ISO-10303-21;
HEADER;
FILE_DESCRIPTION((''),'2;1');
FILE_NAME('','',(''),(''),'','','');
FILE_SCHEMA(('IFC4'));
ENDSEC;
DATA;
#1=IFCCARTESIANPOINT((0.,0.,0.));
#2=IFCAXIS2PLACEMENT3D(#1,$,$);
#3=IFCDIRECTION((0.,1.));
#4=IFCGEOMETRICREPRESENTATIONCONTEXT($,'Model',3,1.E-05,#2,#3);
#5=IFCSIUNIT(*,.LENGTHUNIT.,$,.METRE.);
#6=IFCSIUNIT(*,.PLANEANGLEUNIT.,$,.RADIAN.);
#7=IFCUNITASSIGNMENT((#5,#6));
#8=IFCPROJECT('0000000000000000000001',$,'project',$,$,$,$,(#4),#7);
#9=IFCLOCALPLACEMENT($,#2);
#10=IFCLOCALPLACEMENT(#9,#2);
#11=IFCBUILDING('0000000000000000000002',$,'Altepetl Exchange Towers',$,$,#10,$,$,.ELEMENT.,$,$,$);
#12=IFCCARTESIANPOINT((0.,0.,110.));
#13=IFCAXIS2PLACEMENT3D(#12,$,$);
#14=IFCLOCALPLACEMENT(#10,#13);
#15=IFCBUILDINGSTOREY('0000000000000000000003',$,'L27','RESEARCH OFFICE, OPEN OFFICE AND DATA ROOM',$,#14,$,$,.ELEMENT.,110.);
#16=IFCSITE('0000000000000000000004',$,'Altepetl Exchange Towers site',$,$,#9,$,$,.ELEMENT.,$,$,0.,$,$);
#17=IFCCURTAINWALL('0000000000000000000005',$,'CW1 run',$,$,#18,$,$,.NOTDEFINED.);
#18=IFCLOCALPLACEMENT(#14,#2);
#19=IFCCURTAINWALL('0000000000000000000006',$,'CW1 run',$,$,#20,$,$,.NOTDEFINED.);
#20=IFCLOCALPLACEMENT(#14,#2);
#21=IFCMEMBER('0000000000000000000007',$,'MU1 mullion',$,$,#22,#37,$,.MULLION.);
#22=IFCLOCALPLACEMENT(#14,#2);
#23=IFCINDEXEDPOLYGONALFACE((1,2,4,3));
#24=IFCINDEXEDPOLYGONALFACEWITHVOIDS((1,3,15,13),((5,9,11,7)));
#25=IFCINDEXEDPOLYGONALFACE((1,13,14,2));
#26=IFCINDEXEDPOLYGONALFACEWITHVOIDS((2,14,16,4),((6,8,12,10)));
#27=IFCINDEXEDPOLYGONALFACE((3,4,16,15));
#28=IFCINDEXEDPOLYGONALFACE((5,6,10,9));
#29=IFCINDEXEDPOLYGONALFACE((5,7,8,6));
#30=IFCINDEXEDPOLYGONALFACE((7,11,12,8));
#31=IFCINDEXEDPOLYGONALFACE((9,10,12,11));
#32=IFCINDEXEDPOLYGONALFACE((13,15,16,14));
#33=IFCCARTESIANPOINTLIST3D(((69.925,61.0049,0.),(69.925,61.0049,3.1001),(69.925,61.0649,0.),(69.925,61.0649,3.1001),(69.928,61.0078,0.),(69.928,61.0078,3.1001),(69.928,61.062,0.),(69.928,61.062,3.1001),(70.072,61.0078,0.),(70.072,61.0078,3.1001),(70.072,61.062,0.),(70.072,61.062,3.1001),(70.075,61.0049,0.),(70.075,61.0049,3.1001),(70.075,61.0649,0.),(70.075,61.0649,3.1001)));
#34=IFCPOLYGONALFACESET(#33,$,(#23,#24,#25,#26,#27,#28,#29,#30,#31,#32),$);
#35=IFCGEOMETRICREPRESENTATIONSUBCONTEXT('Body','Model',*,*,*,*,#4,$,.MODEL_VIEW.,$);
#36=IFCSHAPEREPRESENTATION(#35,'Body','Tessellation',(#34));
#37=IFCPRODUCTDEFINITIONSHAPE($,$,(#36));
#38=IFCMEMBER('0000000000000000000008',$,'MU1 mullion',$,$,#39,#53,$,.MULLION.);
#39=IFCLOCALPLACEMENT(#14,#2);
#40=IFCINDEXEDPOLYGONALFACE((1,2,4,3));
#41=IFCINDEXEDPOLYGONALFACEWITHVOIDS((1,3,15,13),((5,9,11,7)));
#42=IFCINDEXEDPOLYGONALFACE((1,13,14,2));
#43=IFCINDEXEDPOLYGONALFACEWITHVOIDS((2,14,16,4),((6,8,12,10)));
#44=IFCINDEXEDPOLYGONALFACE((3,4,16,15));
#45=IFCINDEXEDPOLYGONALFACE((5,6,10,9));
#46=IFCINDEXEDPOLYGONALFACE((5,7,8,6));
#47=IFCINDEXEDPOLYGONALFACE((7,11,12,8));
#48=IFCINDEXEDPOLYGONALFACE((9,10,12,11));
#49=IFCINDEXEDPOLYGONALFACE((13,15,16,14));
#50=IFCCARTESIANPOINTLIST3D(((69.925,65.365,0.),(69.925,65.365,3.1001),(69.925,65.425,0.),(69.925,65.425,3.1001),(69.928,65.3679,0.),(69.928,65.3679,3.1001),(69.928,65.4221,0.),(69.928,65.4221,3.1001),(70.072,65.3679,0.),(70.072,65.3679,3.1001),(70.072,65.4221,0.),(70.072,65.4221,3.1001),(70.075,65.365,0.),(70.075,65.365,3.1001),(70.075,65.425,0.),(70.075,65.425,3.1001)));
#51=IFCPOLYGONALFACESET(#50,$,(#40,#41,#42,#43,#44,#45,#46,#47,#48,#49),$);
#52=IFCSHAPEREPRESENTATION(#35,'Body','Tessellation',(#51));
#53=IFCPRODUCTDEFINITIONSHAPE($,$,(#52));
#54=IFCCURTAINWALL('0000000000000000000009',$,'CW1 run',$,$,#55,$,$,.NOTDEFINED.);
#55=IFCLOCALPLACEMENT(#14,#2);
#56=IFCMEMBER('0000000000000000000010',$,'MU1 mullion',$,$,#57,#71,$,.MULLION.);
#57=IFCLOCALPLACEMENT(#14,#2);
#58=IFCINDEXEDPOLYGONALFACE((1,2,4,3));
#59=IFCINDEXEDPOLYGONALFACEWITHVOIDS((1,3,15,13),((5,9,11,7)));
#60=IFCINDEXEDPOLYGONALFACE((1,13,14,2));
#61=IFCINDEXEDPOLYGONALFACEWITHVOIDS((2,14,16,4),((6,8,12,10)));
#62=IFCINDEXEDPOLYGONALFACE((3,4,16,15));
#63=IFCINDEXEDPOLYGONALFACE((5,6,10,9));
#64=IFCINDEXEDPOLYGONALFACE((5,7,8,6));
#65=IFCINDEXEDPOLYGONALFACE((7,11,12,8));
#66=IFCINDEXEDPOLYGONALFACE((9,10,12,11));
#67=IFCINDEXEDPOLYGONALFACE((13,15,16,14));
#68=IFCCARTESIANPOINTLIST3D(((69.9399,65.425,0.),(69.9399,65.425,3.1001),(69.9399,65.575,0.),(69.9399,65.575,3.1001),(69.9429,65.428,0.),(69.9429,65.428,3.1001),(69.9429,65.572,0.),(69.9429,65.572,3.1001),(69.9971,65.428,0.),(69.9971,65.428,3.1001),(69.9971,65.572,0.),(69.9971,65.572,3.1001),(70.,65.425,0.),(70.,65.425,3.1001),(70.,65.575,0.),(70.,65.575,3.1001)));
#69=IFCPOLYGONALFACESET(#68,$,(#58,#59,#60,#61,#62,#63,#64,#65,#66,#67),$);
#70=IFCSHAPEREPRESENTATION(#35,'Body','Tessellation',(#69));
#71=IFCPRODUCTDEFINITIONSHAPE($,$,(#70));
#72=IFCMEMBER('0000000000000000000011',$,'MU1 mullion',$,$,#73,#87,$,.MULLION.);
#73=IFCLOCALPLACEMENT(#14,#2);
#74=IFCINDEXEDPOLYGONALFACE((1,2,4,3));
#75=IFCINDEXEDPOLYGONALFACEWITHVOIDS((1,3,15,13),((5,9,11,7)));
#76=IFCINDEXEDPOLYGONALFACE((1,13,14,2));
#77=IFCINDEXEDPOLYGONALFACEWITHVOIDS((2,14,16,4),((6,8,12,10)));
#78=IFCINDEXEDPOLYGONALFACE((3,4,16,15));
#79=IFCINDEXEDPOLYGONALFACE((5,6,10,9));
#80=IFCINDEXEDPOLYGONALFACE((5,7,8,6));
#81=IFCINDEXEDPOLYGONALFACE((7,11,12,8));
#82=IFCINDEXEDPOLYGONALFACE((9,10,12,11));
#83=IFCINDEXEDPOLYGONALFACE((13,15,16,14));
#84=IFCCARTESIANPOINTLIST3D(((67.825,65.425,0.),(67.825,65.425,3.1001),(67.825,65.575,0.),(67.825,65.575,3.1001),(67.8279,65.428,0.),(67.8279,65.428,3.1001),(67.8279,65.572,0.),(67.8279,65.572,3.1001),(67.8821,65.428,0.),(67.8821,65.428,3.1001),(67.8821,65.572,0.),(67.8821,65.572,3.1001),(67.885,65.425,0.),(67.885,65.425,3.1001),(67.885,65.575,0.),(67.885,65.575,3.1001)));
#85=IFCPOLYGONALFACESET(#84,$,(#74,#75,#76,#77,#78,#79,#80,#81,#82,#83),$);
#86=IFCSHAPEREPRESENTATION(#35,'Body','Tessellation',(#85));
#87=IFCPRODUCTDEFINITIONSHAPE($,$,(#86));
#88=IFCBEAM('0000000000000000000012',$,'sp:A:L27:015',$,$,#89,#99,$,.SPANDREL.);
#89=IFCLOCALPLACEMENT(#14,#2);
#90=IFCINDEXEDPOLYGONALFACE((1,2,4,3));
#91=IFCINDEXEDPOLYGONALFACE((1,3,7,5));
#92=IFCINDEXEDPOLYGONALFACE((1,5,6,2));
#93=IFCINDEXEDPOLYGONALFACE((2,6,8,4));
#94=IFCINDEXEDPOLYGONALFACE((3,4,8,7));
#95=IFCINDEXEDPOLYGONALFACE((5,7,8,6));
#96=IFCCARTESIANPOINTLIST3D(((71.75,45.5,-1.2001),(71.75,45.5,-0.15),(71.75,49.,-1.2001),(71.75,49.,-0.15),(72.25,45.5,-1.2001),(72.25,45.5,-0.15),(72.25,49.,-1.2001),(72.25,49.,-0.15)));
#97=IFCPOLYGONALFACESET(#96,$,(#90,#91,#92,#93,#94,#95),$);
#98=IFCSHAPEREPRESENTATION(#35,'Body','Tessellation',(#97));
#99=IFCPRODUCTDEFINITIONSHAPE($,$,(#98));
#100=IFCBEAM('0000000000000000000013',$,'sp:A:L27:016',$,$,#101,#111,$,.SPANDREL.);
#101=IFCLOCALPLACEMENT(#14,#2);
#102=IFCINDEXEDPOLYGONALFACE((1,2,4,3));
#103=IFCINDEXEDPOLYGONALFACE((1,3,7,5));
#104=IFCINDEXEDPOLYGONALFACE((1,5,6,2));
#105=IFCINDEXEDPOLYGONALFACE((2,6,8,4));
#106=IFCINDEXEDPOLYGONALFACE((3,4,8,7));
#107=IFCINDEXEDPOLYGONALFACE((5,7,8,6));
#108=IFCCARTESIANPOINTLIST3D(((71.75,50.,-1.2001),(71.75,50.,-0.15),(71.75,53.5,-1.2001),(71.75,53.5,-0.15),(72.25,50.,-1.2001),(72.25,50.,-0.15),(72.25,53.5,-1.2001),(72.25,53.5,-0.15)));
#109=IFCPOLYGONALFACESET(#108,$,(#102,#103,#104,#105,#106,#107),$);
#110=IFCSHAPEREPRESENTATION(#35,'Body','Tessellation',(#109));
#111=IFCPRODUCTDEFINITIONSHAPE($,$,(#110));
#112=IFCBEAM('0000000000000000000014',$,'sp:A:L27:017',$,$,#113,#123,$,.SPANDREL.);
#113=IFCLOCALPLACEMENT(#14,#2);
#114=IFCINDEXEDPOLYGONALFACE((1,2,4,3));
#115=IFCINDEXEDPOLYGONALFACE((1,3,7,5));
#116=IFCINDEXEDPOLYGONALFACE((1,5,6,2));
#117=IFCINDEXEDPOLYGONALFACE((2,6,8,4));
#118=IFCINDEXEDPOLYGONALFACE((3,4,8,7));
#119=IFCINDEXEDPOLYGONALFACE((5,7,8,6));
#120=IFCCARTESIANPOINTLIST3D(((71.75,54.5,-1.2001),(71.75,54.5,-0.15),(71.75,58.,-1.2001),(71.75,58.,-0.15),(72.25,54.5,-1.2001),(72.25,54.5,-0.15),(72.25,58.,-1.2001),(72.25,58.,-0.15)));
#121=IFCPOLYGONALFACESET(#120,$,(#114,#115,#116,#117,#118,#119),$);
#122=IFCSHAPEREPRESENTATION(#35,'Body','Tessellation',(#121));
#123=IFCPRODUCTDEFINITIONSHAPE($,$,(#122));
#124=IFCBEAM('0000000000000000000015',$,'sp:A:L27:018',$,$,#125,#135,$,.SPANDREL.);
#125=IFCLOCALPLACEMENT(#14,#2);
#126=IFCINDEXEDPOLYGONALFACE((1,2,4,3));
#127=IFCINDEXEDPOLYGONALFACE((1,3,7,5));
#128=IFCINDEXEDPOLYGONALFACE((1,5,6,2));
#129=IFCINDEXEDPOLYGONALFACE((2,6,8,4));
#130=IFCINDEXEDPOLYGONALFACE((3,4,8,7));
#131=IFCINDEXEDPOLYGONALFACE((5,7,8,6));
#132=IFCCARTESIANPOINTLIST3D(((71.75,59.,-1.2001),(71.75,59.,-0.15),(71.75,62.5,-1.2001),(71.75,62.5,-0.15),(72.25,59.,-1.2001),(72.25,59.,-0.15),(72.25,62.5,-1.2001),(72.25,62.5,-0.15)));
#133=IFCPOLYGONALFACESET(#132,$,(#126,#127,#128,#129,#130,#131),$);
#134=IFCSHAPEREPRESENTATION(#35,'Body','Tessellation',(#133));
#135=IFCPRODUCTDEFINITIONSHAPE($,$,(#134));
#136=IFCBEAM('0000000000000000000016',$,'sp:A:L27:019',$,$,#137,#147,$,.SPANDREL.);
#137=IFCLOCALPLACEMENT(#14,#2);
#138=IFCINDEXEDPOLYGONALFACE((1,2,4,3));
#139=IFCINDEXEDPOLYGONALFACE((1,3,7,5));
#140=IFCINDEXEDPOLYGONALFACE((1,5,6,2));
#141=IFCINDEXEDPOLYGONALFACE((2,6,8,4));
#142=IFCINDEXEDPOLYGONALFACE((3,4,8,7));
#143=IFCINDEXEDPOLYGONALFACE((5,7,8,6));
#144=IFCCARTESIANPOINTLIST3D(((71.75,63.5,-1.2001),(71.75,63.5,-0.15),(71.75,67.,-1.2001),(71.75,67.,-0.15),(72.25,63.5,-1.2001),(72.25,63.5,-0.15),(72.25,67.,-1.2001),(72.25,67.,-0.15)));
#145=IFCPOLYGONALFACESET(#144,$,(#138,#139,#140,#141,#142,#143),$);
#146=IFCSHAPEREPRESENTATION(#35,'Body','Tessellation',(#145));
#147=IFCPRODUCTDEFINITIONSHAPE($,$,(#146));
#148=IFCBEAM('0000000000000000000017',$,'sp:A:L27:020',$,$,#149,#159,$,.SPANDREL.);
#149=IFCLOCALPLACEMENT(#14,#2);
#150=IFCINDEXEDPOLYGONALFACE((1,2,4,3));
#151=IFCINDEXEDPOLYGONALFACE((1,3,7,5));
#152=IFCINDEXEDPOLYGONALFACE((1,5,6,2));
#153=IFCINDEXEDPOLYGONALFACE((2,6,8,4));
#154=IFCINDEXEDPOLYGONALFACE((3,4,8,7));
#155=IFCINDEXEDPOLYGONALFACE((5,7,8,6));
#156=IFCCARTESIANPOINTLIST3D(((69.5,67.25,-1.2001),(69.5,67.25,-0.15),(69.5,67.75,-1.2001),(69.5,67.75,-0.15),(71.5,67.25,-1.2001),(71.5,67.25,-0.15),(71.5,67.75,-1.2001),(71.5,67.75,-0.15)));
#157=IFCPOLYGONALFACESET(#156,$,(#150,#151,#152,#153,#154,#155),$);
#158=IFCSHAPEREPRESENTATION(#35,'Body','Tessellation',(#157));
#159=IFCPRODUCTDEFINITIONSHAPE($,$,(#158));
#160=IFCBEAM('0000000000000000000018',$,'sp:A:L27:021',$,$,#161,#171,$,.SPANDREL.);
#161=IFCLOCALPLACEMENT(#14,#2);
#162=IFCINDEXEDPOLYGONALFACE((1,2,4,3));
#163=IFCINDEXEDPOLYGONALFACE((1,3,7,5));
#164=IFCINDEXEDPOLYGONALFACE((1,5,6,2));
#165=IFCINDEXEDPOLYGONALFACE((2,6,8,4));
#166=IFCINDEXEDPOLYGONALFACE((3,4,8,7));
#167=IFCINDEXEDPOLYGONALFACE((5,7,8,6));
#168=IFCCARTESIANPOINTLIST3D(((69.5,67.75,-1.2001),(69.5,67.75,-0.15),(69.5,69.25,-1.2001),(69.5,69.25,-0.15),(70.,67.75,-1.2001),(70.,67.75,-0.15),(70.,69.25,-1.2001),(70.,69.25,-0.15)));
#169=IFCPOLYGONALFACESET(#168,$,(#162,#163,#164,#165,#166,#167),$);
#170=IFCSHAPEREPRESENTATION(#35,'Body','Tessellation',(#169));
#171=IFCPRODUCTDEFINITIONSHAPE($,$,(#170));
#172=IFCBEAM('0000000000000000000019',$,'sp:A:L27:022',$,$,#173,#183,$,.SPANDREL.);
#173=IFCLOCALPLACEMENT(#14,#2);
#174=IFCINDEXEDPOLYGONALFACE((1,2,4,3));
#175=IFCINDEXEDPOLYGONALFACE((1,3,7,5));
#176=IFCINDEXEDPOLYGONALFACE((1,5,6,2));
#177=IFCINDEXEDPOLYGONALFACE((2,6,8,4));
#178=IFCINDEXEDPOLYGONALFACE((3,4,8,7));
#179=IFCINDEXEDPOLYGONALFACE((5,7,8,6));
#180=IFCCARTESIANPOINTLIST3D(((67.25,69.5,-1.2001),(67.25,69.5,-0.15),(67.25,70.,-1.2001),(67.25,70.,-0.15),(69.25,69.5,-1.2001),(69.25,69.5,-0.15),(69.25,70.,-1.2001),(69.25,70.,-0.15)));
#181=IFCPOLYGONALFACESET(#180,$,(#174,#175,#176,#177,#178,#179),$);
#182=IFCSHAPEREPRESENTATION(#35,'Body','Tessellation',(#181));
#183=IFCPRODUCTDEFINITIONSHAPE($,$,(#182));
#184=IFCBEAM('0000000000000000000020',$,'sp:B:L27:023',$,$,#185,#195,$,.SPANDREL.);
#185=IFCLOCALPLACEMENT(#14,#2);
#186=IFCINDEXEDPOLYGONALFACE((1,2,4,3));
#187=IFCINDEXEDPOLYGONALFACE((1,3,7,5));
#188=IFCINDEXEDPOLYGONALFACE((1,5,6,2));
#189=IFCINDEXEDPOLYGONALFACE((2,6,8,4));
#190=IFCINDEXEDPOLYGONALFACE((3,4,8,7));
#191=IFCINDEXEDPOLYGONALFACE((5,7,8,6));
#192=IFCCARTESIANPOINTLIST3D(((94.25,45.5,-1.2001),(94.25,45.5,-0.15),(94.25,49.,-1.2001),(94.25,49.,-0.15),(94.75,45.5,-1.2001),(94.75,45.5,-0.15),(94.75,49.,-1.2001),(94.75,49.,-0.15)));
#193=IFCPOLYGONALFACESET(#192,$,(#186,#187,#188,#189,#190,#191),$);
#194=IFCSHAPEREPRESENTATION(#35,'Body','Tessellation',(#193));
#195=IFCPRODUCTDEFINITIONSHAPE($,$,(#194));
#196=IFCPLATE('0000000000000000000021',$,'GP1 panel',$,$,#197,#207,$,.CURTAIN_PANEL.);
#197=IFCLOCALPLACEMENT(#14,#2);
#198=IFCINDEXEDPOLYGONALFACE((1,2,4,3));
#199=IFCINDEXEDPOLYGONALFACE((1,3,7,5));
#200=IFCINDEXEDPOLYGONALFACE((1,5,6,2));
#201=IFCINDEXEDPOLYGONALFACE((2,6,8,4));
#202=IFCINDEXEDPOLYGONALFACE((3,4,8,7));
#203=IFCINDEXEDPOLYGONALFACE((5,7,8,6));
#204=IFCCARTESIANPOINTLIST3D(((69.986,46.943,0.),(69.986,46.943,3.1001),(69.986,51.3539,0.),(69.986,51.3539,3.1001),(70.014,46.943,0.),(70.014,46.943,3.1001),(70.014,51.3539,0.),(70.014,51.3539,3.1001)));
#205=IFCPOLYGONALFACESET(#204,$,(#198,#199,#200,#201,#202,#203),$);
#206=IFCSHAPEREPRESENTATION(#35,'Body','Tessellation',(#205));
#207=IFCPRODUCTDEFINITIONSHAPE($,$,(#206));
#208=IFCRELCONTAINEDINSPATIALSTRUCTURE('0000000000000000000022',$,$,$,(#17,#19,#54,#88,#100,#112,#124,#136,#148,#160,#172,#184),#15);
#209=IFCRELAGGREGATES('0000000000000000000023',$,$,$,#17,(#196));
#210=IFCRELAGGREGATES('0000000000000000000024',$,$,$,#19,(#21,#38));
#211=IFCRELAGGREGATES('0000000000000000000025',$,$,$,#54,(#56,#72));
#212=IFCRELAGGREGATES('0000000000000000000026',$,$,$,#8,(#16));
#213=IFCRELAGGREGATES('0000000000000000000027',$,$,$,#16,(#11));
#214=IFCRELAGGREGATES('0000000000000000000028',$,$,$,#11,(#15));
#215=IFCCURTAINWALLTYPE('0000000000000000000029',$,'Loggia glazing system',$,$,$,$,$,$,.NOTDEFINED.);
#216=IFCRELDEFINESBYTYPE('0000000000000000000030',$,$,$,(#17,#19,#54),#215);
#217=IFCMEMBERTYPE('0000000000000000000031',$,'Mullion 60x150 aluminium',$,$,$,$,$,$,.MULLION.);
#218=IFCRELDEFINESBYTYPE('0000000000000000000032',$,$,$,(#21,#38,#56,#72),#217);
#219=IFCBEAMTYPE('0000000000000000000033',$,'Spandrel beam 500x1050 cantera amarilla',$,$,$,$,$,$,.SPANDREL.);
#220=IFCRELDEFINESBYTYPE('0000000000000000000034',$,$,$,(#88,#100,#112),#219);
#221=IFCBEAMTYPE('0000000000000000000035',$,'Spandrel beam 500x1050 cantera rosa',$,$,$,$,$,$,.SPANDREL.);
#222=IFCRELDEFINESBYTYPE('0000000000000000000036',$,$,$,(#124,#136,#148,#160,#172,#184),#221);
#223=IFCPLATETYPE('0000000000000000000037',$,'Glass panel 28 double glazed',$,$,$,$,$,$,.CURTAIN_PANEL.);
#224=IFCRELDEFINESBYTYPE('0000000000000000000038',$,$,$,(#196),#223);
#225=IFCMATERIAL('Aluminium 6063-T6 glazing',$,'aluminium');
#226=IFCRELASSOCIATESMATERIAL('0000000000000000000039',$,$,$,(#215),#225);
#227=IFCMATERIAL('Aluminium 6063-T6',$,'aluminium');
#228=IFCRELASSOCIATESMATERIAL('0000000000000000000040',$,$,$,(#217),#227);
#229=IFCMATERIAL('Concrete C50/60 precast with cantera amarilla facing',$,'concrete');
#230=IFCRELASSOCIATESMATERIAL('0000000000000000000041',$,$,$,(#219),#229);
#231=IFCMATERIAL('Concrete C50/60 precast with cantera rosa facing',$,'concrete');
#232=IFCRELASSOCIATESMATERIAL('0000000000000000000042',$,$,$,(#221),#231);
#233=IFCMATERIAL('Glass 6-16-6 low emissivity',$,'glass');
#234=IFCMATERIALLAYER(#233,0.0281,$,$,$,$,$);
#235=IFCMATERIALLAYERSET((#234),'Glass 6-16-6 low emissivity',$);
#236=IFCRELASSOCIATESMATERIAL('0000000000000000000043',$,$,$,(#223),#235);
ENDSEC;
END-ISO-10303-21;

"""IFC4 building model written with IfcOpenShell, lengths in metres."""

from ifc_helpers import new_model, si_unit, direction, frame, origin, origin_2d, place, context, subcontext, project, spatial, rectangle, hollow_rectangle, extrude, material, layer, layer_set, material_profile, profile_set, type_object, element, aggregate, save


model = new_model("IFC4")

# Units and contexts
model_context = context("Model", 3, precision=1e-05, world=origin(), true_north=direction((0.0, 1.0)))
body_context = subcontext(model_context, "Body", "Model", "MODEL_VIEW")
ifc_project = project(units=[si_unit("LENGTHUNIT", "METRE"), si_unit("PLANEANGLEUNIT", "RADIAN")], contexts=[model_context])

# Site, building, storey
site_placement = place(None, origin())
site = spatial("IfcSite", under=ifc_project, at=site_placement, Name="Altepetl Exchange Towers site", CompositionType="ELEMENT", RefElevation=0.0)
building_placement = place(site_placement, origin())
building = spatial("IfcBuilding", under=site, at=building_placement, Name="Altepetl Exchange Towers", CompositionType="ELEMENT")
storey_placement = place(building_placement, frame((0.0, 0.0, 110.0)))
storey = spatial("IfcBuildingStorey", under=building, at=storey_placement, Name="L27", Description="RESEARCH OFFICE, OPEN OFFICE AND DATA ROOM", CompositionType="ELEMENT", Elevation=110.0)

# Curtain walls, members
ifc_material_1 = material(Name="Aluminium 6063-T6 glazing", Category="aluminium")
curtain_wall_type = type_object("IfcCurtainWallType", Name="Loggia glazing system", PredefinedType="NOTDEFINED", material=ifc_material_1)
curtain_wall_1_placement = place(storey_placement, origin())
curtain_wall_1 = element("IfcCurtainWall", 1, at=curtain_wall_1_placement, inside=storey, type_object=curtain_wall_type, Name="CW1 run", PredefinedType="NOTDEFINED")
ifc_material_2 = material(Name="Aluminium 6063-T6", Category="aluminium")
ifc_material_profile_1 = material_profile(ifc_material_2, hollow_rectangle(XDim=0.0601, YDim=0.1499, WallThickness=0.0029, at=origin_2d()), Name="Mullion 60x150 aluminium")
ifc_profile_set_1 = profile_set([ifc_material_profile_1], Name="Aluminium 6063-T6")
member_type = type_object("IfcMemberType", Name="Mullion 60x150 aluminium", PredefinedType="MULLION", material=ifc_profile_set_1)
curtain_wall_2_placement = place(storey_placement, origin())
curtain_wall_2 = element("IfcCurtainWall", 2, at=curtain_wall_2_placement, inside=storey, type_object=curtain_wall_type, Name="CW1 run", PredefinedType="NOTDEFINED")
member_1_placement = place(storey_placement, frame((70.0, 61.0349, 0.0), z_axis=(0.0, 0.0, 1.0), x_axis=(0.0, 1.0, 0.0)))
member_1 = element("IfcMember", 3, at=member_1_placement, type_object=member_type, Name="MU1 mullion", PredefinedType="MULLION", context=body_context, shape_type="SweptSolid", body=[
    extrude(hollow_rectangle(XDim=0.0601, YDim=0.1499, WallThickness=0.0029, at=origin_2d()), origin(), (0.0, 0.0, 1.0), 3.1001),
])
member_2_placement = place(storey_placement, frame((70.0, 65.395, 0.0), z_axis=(0.0, 0.0, 1.0), x_axis=(0.0, 1.0, 0.0)))
member_2 = element("IfcMember", 4, at=member_2_placement, type_object=member_type, Name="MU1 mullion", PredefinedType="MULLION", context=body_context, shape_type="SweptSolid", body=[
    extrude(hollow_rectangle(XDim=0.0601, YDim=0.1499, WallThickness=0.0029, at=origin_2d()), origin(), (0.0, 0.0, 1.0), 3.1001),
])
curtain_wall_3_placement = place(storey_placement, origin())
curtain_wall_3 = element("IfcCurtainWall", 5, at=curtain_wall_3_placement, inside=storey, type_object=curtain_wall_type, Name="CW1 run", PredefinedType="NOTDEFINED")
member_3_placement = place(storey_placement, frame((69.97, 65.5, 0.0), z_axis=(0.0, 0.0, 1.0), x_axis=(-1.0, 0.0, 0.0)))
member_3 = element("IfcMember", 6, at=member_3_placement, type_object=member_type, Name="MU1 mullion", PredefinedType="MULLION", context=body_context, shape_type="SweptSolid", body=[
    extrude(hollow_rectangle(XDim=0.0601, YDim=0.1499, WallThickness=0.0029, at=origin_2d()), origin(), (0.0, 0.0, 1.0), 3.1001),
])
member_4_placement = place(storey_placement, frame((67.855, 65.5, 0.0), z_axis=(0.0, 0.0, 1.0), x_axis=(-1.0, 0.0, 0.0)))
member_4 = element("IfcMember", 7, at=member_4_placement, type_object=member_type, Name="MU1 mullion", PredefinedType="MULLION", context=body_context, shape_type="SweptSolid", body=[
    extrude(hollow_rectangle(XDim=0.0601, YDim=0.1499, WallThickness=0.0029, at=origin_2d()), origin(), (0.0, 0.0, 1.0), 3.1001),
])

# Beams
ifc_material_3 = material(Name="Concrete C50/60 precast with cantera amarilla facing", Category="concrete")
ifc_material_profile_2 = material_profile(ifc_material_3, rectangle(XDim=0.5, YDim=1.05, at=origin_2d()), Name="500 x 1050")
ifc_profile_set_2 = profile_set([ifc_material_profile_2], Name="Concrete C50/60 precast with cantera amarilla facing")
beam_type_1 = type_object("IfcBeamType", Name="Spandrel beam 500x1050 cantera amarilla", PredefinedType="SPANDREL", material=ifc_profile_set_2)
for number, where, z_axis, x_axis, name in (
    (8, (72.0, 45.5, -0.675), (0.0, 1.0, 0.0), (-1.0, 0.0, 0.0), "sp:A:L27:015"),
    (9, (72.0, 50.0, -0.675), (0.0, 1.0, 0.0), (-1.0, 0.0, 0.0), "sp:A:L27:016"),
    (10, (72.0, 54.5, -0.675), (0.0, 1.0, 0.0), (-1.0, 0.0, 0.0), "sp:A:L27:017"),
):
    element("IfcBeam", number, at=place(storey_placement, frame(where, z_axis=z_axis, x_axis=x_axis)), inside=storey, type_object=beam_type_1, Name=name, PredefinedType="SPANDREL", context=body_context, shape_type="SweptSolid", body=[
        extrude(rectangle(XDim=0.5, YDim=1.05, at=origin_2d()), origin(), (0.0, 0.0, 1.0), 3.5),
    ])
ifc_material_4 = material(Name="Concrete C50/60 precast with cantera rosa facing", Category="concrete")
ifc_material_profile_3 = material_profile(ifc_material_4, rectangle(XDim=0.5, YDim=1.05, at=origin_2d()), Name="500 x 1050")
ifc_profile_set_3 = profile_set([ifc_material_profile_3], Name="Concrete C50/60 precast with cantera rosa facing")
beam_type_2 = type_object("IfcBeamType", Name="Spandrel beam 500x1050 cantera rosa", PredefinedType="SPANDREL", material=ifc_profile_set_3)
for number, where, z_axis, x_axis, name in (
    (11, (72.0, 59.0, -0.675), (0.0, 1.0, 0.0), (-1.0, 0.0, 0.0), "sp:A:L27:018"),
    (12, (72.0, 63.5, -0.675), (0.0, 1.0, 0.0), (-1.0, 0.0, 0.0), "sp:A:L27:019"),
):
    element("IfcBeam", number, at=place(storey_placement, frame(where, z_axis=z_axis, x_axis=x_axis)), inside=storey, type_object=beam_type_2, Name=name, PredefinedType="SPANDREL", context=body_context, shape_type="SweptSolid", body=[
        extrude(rectangle(XDim=0.5, YDim=1.05, at=origin_2d()), origin(), (0.0, 0.0, 1.0), 3.5),
    ])
beam_1_placement = place(storey_placement, frame((71.5, 67.5, -0.675), z_axis=(-1.0, 0.0, 0.0), x_axis=(0.0, -1.0, 0.0)))
element("IfcBeam", 13, at=beam_1_placement, inside=storey, type_object=beam_type_2, Name="sp:A:L27:020", PredefinedType="SPANDREL", context=body_context, shape_type="SweptSolid", body=[
    extrude(rectangle(XDim=0.5, YDim=1.05, at=origin_2d()), origin(), (0.0, 0.0, 1.0), 2.0),
])
beam_2_placement = place(storey_placement, frame((69.75, 67.75, -0.675), z_axis=(0.0, 1.0, 0.0), x_axis=(-1.0, 0.0, 0.0)))
element("IfcBeam", 14, at=beam_2_placement, inside=storey, type_object=beam_type_2, Name="sp:A:L27:021", PredefinedType="SPANDREL", context=body_context, shape_type="SweptSolid", body=[
    extrude(rectangle(XDim=0.5, YDim=1.05, at=origin_2d()), origin(), (0.0, 0.0, 1.0), 1.5),
])
beam_3_placement = place(storey_placement, frame((69.25, 69.75, -0.675), z_axis=(-1.0, 0.0, 0.0), x_axis=(0.0, -1.0, 0.0)))
element("IfcBeam", 15, at=beam_3_placement, inside=storey, type_object=beam_type_2, Name="sp:A:L27:022", PredefinedType="SPANDREL", context=body_context, shape_type="SweptSolid", body=[
    extrude(rectangle(XDim=0.5, YDim=1.05, at=origin_2d()), origin(), (0.0, 0.0, 1.0), 2.0),
])
beam_4_placement = place(storey_placement, frame((94.5, 49.0, -0.675), z_axis=(0.0, -1.0, 0.0), x_axis=(1.0, 0.0, 0.0)))
element("IfcBeam", 16, at=beam_4_placement, inside=storey, type_object=beam_type_2, Name="sp:B:L27:023", PredefinedType="SPANDREL", context=body_context, shape_type="SweptSolid", body=[
    extrude(rectangle(XDim=0.5, YDim=1.05, at=origin_2d()), origin(), (0.0, 0.0, 1.0), 3.5),
])

# Plate
ifc_material_5 = material(Name="Glass 6-16-6 low emissivity", Category="glass")
ifc_layer = layer(ifc_material_5, 0.0281)
ifc_layer_set = layer_set([ifc_layer], Name="Glass 6-16-6 low emissivity")
plate_type = type_object("IfcPlateType", Name="Glass panel 28 double glazed", PredefinedType="CURTAIN_PANEL", material=ifc_layer_set)
plate_1_placement = place(storey_placement, frame((70.0, 49.1484, 0.0), z_axis=(0.0, 0.0, 1.0), x_axis=(0.0, 1.0, 0.0)))
plate_1 = element("IfcPlate", 17, at=plate_1_placement, type_object=plate_type, Name="GP1 panel", PredefinedType="CURTAIN_PANEL", context=body_context, shape_type="SweptSolid", body=[
    extrude(rectangle(XDim=4.4109, YDim=0.0281, at=origin_2d()), origin(), (0.0, 0.0, 1.0), 3.1001),
])
aggregate(curtain_wall_1, [plate_1])
aggregate(curtain_wall_2, [member_1, member_2])
aggregate(curtain_wall_3, [member_3, member_4])

save(model, "model.ifc")
